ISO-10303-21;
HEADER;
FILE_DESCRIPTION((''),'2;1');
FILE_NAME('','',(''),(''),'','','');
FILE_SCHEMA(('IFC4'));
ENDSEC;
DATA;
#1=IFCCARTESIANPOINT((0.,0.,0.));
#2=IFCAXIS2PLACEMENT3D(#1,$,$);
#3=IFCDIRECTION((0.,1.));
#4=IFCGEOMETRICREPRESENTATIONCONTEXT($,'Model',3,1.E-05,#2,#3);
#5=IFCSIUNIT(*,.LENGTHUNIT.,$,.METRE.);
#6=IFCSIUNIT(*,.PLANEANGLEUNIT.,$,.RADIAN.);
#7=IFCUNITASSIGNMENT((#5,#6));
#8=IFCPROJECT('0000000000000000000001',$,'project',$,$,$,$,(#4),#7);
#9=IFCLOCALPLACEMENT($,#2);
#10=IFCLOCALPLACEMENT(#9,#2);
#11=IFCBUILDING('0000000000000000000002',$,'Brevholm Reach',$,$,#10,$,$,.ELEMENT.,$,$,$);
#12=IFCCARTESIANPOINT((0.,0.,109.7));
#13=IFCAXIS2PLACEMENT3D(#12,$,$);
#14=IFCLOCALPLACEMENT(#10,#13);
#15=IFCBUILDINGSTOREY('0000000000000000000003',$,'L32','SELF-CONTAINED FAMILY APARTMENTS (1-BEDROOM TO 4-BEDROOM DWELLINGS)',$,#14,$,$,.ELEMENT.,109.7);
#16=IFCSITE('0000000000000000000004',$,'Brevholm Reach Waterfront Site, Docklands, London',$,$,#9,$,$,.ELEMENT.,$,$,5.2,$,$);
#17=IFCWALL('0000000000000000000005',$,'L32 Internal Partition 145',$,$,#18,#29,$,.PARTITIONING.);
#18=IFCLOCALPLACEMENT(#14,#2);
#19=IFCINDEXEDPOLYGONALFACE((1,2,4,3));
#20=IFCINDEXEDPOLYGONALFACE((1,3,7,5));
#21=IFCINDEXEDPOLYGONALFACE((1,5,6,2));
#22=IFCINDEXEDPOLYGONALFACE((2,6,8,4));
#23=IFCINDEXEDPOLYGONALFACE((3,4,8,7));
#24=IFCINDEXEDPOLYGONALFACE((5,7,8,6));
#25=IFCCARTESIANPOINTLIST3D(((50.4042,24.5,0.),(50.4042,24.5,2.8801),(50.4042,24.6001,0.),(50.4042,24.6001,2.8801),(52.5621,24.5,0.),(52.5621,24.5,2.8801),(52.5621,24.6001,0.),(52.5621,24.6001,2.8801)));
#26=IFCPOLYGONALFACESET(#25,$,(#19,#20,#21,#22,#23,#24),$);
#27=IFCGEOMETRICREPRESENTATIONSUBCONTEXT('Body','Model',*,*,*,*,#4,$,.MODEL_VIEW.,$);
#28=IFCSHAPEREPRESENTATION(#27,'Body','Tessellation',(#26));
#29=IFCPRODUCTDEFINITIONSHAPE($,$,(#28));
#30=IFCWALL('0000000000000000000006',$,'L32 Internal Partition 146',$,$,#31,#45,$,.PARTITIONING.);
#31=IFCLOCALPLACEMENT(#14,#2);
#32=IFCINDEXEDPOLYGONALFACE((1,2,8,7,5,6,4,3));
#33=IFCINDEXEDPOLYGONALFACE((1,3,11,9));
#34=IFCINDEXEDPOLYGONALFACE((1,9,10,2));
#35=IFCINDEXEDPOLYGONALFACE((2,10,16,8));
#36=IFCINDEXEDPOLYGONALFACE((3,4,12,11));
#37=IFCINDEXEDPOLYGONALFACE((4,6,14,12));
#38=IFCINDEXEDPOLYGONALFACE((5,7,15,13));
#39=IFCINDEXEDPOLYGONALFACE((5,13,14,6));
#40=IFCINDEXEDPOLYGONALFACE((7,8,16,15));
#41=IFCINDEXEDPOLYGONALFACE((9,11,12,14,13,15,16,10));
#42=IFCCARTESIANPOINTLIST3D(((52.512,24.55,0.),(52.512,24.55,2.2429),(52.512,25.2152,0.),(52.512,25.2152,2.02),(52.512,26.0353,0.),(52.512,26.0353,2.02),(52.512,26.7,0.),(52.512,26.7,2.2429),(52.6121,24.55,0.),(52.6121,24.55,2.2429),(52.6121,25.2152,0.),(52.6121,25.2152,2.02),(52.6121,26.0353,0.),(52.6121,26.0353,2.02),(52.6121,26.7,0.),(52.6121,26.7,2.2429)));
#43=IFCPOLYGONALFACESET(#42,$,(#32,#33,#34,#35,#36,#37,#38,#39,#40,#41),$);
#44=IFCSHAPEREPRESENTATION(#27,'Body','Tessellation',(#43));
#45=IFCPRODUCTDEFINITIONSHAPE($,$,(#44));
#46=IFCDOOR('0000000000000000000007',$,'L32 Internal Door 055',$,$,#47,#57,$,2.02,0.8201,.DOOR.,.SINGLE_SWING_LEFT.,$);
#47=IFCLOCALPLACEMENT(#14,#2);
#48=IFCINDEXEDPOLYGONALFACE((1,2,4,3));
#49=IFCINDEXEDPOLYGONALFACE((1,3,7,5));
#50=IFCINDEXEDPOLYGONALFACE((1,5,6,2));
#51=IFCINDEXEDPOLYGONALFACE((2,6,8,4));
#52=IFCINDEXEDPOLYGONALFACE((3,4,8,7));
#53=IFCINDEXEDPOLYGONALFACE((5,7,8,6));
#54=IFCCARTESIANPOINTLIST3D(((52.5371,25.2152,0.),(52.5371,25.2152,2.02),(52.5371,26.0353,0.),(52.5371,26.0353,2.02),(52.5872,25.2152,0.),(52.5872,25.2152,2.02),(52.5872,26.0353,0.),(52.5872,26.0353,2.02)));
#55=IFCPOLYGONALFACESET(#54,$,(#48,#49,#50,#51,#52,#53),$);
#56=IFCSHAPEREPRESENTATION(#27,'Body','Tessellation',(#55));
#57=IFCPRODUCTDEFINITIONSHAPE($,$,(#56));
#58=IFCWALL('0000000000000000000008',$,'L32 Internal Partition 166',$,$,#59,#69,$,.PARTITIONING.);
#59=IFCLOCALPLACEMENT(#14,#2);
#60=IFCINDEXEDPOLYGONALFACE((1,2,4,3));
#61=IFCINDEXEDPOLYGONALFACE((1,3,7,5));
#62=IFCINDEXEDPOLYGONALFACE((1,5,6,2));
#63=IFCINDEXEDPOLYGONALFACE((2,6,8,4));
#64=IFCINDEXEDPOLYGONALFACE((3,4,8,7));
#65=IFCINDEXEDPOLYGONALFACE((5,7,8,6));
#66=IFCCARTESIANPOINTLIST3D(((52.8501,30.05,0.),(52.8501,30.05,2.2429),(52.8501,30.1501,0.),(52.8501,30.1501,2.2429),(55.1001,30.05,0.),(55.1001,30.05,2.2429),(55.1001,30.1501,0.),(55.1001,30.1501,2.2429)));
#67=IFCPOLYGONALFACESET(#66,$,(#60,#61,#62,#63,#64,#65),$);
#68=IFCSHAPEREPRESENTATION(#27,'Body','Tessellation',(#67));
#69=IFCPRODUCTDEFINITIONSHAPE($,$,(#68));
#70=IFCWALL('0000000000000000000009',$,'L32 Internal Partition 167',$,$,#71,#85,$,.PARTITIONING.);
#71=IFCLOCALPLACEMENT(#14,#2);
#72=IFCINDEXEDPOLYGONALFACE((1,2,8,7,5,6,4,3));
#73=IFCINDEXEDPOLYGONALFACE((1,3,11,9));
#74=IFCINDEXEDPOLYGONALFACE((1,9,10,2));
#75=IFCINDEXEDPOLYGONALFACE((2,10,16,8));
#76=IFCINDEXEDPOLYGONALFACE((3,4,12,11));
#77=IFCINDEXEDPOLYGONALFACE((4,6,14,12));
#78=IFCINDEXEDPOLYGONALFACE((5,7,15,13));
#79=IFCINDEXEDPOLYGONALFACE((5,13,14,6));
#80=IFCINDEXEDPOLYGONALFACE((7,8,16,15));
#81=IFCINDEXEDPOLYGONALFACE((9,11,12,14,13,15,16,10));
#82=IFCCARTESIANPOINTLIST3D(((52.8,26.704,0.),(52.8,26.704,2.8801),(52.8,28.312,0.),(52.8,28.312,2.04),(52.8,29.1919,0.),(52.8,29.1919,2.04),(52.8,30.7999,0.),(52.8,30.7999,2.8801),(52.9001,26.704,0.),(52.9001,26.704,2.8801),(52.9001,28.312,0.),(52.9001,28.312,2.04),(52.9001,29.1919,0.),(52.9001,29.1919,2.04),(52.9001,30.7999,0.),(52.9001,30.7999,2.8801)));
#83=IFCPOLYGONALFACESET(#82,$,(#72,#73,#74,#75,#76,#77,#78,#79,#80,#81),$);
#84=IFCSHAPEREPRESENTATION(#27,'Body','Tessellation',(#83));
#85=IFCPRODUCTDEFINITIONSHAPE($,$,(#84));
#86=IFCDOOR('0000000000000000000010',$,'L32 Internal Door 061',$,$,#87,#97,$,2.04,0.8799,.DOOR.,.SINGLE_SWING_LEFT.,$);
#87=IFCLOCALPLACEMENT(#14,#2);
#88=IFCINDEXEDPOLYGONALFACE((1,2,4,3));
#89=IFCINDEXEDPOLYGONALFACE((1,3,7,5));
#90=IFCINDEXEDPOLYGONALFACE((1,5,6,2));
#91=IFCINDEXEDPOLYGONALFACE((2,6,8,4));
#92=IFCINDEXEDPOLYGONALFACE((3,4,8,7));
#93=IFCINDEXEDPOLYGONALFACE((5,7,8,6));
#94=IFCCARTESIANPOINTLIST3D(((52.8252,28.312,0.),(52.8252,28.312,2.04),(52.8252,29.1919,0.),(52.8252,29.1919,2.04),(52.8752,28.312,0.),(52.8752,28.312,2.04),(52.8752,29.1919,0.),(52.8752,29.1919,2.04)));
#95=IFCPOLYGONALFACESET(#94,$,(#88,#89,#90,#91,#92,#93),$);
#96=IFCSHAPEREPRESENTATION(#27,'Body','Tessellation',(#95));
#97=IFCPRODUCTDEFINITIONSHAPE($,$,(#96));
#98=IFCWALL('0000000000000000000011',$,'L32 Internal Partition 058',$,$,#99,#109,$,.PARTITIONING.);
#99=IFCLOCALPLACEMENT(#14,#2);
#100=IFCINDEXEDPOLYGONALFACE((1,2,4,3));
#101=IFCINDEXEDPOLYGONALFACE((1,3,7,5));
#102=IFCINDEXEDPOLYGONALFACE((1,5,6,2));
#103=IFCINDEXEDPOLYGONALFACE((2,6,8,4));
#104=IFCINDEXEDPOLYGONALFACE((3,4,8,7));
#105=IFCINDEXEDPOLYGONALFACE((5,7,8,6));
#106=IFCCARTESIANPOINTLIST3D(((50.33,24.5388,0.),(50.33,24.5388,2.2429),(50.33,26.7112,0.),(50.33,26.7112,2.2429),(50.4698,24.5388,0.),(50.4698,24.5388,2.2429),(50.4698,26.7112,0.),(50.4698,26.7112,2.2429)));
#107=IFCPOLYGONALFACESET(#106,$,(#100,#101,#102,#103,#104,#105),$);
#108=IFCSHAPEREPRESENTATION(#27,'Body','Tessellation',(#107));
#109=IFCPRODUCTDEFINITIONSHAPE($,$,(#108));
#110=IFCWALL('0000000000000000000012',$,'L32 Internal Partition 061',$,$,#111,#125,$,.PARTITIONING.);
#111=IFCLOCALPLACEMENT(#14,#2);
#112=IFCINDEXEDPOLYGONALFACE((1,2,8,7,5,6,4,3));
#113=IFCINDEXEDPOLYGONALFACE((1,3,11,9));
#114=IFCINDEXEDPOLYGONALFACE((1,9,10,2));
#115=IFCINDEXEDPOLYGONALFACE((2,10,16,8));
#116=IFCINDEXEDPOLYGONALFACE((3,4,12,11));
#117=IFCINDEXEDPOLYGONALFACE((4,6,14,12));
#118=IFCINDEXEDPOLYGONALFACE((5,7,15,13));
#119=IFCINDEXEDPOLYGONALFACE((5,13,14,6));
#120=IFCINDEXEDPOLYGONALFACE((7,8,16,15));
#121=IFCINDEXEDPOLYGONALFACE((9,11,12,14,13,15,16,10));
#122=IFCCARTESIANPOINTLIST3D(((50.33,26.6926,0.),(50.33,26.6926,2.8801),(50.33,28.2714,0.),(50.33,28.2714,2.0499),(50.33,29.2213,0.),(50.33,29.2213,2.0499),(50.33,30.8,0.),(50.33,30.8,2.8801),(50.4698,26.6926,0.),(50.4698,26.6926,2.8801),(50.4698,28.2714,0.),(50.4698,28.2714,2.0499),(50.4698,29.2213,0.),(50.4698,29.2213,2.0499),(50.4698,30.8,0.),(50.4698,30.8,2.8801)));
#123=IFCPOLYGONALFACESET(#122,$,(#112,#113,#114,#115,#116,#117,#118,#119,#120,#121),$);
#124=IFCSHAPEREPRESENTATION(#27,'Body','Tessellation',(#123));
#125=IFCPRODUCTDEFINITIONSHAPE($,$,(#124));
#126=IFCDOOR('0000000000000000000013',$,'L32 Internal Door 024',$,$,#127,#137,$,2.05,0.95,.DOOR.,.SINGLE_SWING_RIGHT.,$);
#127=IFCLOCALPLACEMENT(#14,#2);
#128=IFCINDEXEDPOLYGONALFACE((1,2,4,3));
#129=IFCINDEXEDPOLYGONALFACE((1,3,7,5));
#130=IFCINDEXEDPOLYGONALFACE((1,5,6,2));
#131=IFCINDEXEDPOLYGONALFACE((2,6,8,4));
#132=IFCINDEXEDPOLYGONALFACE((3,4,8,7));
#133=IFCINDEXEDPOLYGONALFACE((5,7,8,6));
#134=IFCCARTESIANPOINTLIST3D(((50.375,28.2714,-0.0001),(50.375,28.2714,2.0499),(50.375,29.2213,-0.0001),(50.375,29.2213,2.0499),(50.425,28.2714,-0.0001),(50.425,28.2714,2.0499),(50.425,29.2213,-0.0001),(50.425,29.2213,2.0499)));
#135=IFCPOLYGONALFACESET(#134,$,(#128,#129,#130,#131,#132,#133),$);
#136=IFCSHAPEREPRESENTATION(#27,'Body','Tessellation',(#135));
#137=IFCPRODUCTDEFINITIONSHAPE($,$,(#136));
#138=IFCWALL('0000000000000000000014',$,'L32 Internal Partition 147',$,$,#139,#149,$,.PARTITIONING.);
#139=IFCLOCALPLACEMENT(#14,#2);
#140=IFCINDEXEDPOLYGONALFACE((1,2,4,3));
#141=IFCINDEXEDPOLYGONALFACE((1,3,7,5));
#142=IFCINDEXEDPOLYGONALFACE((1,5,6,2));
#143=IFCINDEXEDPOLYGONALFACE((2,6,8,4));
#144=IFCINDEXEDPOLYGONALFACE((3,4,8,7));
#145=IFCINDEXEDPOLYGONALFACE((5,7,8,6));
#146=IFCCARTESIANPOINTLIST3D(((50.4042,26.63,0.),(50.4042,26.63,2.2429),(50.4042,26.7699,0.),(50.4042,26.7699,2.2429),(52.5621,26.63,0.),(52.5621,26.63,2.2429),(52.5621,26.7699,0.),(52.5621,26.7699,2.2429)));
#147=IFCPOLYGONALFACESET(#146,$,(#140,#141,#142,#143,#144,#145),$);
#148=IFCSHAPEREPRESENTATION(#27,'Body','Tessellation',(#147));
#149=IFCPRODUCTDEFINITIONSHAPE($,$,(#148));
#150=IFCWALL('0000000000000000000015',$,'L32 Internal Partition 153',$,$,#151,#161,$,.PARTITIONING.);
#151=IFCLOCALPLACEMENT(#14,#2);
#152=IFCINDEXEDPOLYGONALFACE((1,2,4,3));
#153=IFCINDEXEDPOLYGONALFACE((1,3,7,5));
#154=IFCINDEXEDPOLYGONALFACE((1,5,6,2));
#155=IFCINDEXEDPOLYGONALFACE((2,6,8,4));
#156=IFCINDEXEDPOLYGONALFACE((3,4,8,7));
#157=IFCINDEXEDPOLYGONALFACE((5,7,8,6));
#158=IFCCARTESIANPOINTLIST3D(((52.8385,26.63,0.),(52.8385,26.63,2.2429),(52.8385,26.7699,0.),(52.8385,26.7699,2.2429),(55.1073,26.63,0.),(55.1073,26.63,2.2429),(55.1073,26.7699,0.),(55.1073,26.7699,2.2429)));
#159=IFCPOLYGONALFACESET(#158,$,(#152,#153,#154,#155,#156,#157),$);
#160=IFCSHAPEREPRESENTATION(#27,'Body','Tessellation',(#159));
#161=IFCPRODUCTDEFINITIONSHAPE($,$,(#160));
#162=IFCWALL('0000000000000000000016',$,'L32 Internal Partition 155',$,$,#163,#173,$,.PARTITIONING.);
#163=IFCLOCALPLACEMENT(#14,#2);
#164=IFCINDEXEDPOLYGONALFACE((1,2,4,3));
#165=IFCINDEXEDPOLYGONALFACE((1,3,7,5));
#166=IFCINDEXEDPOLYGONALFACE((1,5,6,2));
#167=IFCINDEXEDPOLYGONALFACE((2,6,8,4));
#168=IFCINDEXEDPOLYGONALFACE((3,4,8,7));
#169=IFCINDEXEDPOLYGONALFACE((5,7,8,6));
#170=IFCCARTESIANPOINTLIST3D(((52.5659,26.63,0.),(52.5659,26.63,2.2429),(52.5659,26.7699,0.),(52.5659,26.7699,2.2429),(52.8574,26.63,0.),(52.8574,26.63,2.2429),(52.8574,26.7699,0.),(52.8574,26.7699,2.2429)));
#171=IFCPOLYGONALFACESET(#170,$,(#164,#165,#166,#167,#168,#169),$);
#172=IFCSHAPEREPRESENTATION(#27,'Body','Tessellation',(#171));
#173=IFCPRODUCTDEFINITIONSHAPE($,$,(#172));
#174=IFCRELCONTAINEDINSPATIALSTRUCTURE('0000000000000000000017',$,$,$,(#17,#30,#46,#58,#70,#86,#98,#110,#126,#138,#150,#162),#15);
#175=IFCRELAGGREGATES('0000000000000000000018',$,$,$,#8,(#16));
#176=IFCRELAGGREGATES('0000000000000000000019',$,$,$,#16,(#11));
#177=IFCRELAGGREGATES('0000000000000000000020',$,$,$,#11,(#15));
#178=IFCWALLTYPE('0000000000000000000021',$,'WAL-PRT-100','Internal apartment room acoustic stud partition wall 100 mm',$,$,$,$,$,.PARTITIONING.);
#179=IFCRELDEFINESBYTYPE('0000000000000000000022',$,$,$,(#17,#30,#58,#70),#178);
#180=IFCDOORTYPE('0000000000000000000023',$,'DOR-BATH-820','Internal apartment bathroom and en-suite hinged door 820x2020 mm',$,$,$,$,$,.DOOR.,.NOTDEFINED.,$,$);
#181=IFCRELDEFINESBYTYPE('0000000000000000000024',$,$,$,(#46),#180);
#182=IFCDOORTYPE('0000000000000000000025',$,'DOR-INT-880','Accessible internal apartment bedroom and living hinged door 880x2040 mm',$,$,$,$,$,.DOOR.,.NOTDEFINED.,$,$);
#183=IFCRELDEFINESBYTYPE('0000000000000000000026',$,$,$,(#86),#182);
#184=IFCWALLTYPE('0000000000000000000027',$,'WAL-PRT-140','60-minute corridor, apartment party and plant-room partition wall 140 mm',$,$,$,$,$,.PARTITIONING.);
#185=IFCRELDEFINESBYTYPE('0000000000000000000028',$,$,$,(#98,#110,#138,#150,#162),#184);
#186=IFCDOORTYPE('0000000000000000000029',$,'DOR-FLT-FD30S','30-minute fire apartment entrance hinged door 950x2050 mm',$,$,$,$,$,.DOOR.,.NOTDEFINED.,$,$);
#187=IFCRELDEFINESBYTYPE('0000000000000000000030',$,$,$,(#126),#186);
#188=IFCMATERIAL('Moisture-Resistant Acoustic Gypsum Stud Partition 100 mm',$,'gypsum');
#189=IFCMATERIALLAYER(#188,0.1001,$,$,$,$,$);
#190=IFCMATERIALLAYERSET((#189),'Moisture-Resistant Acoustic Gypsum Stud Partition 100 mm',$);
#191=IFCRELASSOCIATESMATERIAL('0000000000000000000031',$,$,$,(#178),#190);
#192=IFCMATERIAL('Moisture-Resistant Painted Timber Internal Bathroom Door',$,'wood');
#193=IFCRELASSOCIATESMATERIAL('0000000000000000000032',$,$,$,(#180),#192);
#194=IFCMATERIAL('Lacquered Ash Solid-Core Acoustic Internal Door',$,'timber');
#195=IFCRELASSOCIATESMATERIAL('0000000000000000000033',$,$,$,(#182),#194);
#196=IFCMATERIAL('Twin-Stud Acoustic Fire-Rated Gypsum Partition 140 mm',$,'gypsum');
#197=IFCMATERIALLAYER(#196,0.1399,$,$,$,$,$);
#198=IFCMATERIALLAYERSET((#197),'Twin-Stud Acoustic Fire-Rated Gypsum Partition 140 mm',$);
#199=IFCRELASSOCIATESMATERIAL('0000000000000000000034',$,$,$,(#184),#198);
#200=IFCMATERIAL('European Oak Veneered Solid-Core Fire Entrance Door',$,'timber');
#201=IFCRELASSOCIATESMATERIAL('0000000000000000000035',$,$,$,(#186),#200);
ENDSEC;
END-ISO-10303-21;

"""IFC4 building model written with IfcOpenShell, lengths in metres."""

from ifc_helpers import new_model, si_unit, direction, frame, frame_2d, origin, place, context, subcontext, project, spatial, rectangle, extrude, material, layer, layer_set, type_object, element, fill, save


model = new_model("IFC4")

# Units and contexts
model_context = context("Model", 3, precision=1e-05, world=origin(), true_north=direction((0.0, 1.0)))
body_context = subcontext(model_context, "Body", "Model", "MODEL_VIEW")
ifc_project = project(units=[si_unit("LENGTHUNIT", "METRE"), si_unit("PLANEANGLEUNIT", "RADIAN")], contexts=[model_context])

# Site, building, storey
site_placement = place(None, origin())
site = spatial("IfcSite", under=ifc_project, at=site_placement, Name="Brevholm Reach Waterfront Site, Docklands, London", CompositionType="ELEMENT", RefElevation=5.2)
building_placement = place(site_placement, origin())
building = spatial("IfcBuilding", under=site, at=building_placement, Name="Brevholm Reach", CompositionType="ELEMENT")
storey_placement = place(building_placement, frame((0.0, 0.0, 109.7)))
storey = spatial("IfcBuildingStorey", under=building, at=storey_placement, Name="L32", Description="SELF-CONTAINED FAMILY APARTMENTS (1-BEDROOM TO 4-BEDROOM DWELLINGS)", CompositionType="ELEMENT", Elevation=109.7)

# Wall
ifc_material_1 = material(Name="Moisture-Resistant Acoustic Gypsum Stud Partition 100 mm", Category="gypsum")
ifc_layer_1 = layer(ifc_material_1, 0.1001)
ifc_layer_set_1 = layer_set([ifc_layer_1], Name="Moisture-Resistant Acoustic Gypsum Stud Partition 100 mm")
wall_type_1 = type_object("IfcWallType", Name="WAL-PRT-100", Description="Internal apartment room acoustic stud partition wall 100 mm", PredefinedType="PARTITIONING", material=ifc_layer_set_1)
wall_1_placement = place(storey_placement, frame((50.4041, 24.55, 0.0), z_axis=(0.0, 0.0, 1.0), x_axis=(1.0, 0.0, 0.0)))
element("IfcWall", 1, at=wall_1_placement, inside=storey, type_object=wall_type_1, Name="L32 Internal Partition 145", PredefinedType="PARTITIONING", context=body_context, shape_type="SweptSolid", body=[
    extrude(rectangle(XDim=2.158, YDim=0.1001, at=frame_2d((1.0791, 0.0))), origin(), (0.0, 0.0, 1.0), 2.8801),
])

# Wall, opening, door
wall_2_placement = place(storey_placement, frame((52.562, 24.55, 0.0), z_axis=(0.0, 0.0, 1.0), x_axis=(0.0, 1.0, 0.0)))
wall_2 = element("IfcWall", 2, at=wall_2_placement, inside=storey, type_object=wall_type_1, Name="L32 Internal Partition 146", PredefinedType="PARTITIONING", context=body_context, shape_type="SweptSolid", body=[
    extrude(rectangle(XDim=2.1499, YDim=0.1001, at=frame_2d((1.075, 0.0))), origin(), (0.0, 0.0, 1.0), 2.2429),
])
opening_1_placement = place(wall_2_placement, frame((0.665, 0.0, 0.0)))
opening_1 = element("IfcOpeningElement", 3, at=opening_1_placement, cuts=wall_2, PredefinedType="OPENING", context=body_context, shape_type="SweptSolid", body=[
    extrude(rectangle(XDim=0.8201, YDim=2.02, at=frame_2d((0.4102, 1.01))), frame((0.0, 0.0601, 0.0), z_axis=(0.0, -1.0, 0.0), x_axis=(1.0, 0.0, 0.0)), (0.0, 0.0, 1.0), 0.1201),
])
ifc_material_2 = material(Name="Moisture-Resistant Painted Timber Internal Bathroom Door", Category="wood")
door_type_1 = type_object("IfcDoorType", Name="DOR-BATH-820", Description="Internal apartment bathroom and en-suite hinged door 820x2020 mm", OperationType="NOTDEFINED", PredefinedType="DOOR", material=ifc_material_2)
door_1_placement = place(opening_1_placement, origin())
door_1 = element("IfcDoor", 4, at=door_1_placement, inside=storey, type_object=door_type_1, Name="L32 Internal Door 055", OperationType="SINGLE_SWING_LEFT", OverallHeight=2.02, OverallWidth=0.8201, PredefinedType="DOOR", context=body_context, shape_type="SweptSolid", body=[
    extrude(rectangle(XDim=0.8201, YDim=2.02, at=frame_2d((0.4102, 1.01))), frame((0.0, 0.0249, 0.0), z_axis=(0.0, -1.0, 0.0), x_axis=(1.0, 0.0, 0.0)), (0.0, 0.0, 1.0), 0.05),
])
fill(opening_1, door_1)

# Wall
wall_3_placement = place(storey_placement, frame((52.8501, 30.1001, 0.0), z_axis=(0.0, 0.0, 1.0), x_axis=(1.0, 0.0, 0.0)))
element("IfcWall", 5, at=wall_3_placement, inside=storey, type_object=wall_type_1, Name="L32 Internal Partition 166", PredefinedType="PARTITIONING", context=body_context, shape_type="SweptSolid", body=[
    extrude(rectangle(XDim=2.25, YDim=0.1001, at=frame_2d((1.125, 0.0))), origin(), (0.0, 0.0, 1.0), 2.2429),
])

# Wall, opening, door
wall_4_placement = place(storey_placement, frame((52.8501, 26.7041, 0.0), z_axis=(0.0, 0.0, 1.0), x_axis=(0.0, 1.0, 0.0)))
wall_4 = element("IfcWall", 6, at=wall_4_placement, inside=storey, type_object=wall_type_1, Name="L32 Internal Partition 167", PredefinedType="PARTITIONING", context=body_context, shape_type="SweptSolid", body=[
    extrude(rectangle(XDim=4.0959, YDim=0.1001, at=frame_2d((2.0479, 0.0))), origin(), (0.0, 0.0, 1.0), 2.8801),
])
opening_2_placement = place(wall_4_placement, frame((1.6079, 0.0, 0.0)))
opening_2 = element("IfcOpeningElement", 7, at=opening_2_placement, cuts=wall_4, PredefinedType="OPENING", context=body_context, shape_type="SweptSolid", body=[
    extrude(rectangle(XDim=0.8799, YDim=2.04, at=frame_2d((0.4399, 1.02))), frame((0.0, 0.0601, 0.0), z_axis=(0.0, -1.0, 0.0), x_axis=(1.0, 0.0, 0.0)), (0.0, 0.0, 1.0), 0.1201),
])
ifc_material_3 = material(Name="Lacquered Ash Solid-Core Acoustic Internal Door", Category="timber")
door_type_2 = type_object("IfcDoorType", Name="DOR-INT-880", Description="Accessible internal apartment bedroom and living hinged door 880x2040 mm", OperationType="NOTDEFINED", PredefinedType="DOOR", material=ifc_material_3)
door_2_placement = place(opening_2_placement, origin())
door_2 = element("IfcDoor", 8, at=door_2_placement, inside=storey, type_object=door_type_2, Name="L32 Internal Door 061", OperationType="SINGLE_SWING_LEFT", OverallHeight=2.04, OverallWidth=0.8799, PredefinedType="DOOR", context=body_context, shape_type="SweptSolid", body=[
    extrude(rectangle(XDim=0.8799, YDim=2.04, at=frame_2d((0.4399, 1.02))), frame((0.0, 0.0249, 0.0), z_axis=(0.0, -1.0, 0.0), x_axis=(1.0, 0.0, 0.0)), (0.0, 0.0, 1.0), 0.05),
])
fill(opening_2, door_2)

# Wall
ifc_material_4 = material(Name="Twin-Stud Acoustic Fire-Rated Gypsum Partition 140 mm", Category="gypsum")
ifc_layer_2 = layer(ifc_material_4, 0.1399)
ifc_layer_set_2 = layer_set([ifc_layer_2], Name="Twin-Stud Acoustic Fire-Rated Gypsum Partition 140 mm")
wall_type_2 = type_object("IfcWallType", Name="WAL-PRT-140", Description="60-minute corridor, apartment party and plant-room partition wall 140 mm", PredefinedType="PARTITIONING", material=ifc_layer_set_2)
wall_5_placement = place(storey_placement, frame((50.3999, 24.5388, 0.0), z_axis=(0.0, 0.0, 1.0), x_axis=(0.0, 1.0, 0.0)))
element("IfcWall", 9, at=wall_5_placement, inside=storey, type_object=wall_type_2, Name="L32 Internal Partition 058", PredefinedType="PARTITIONING", context=body_context, shape_type="SweptSolid", body=[
    extrude(rectangle(XDim=2.1724, YDim=0.1399, at=frame_2d((1.0862, 0.0))), origin(), (0.0, 0.0, 1.0), 2.2429),
])

# Wall, opening, door
wall_6_placement = place(storey_placement, frame((50.3999, 26.6926, 0.0), z_axis=(0.0, 0.0, 1.0), x_axis=(0.0, 1.0, 0.0)))
wall_6 = element("IfcWall", 10, at=wall_6_placement, inside=storey, type_object=wall_type_2, Name="L32 Internal Partition 061", PredefinedType="PARTITIONING", context=body_context, shape_type="SweptSolid", body=[
    extrude(rectangle(XDim=4.1074, YDim=0.1399, at=frame_2d((2.0537, 0.0))), origin(), (0.0, 0.0, 1.0), 2.8801),
])
opening_3_placement = place(wall_6_placement, frame((1.5786, 0.0, 0.0)))
opening_3 = element("IfcOpeningElement", 11, at=opening_3_placement, cuts=wall_6, PredefinedType="OPENING", context=body_context, shape_type="SweptSolid", body=[
    extrude(rectangle(XDim=0.95, YDim=2.05, at=frame_2d((0.4751, 1.0249))), frame((0.0, 0.0798, 0.0), z_axis=(0.0, -1.0, 0.0), x_axis=(1.0, 0.0, 0.0)), (0.0, 0.0, 1.0), 0.1599),
])
ifc_material_5 = material(Name="European Oak Veneered Solid-Core Fire Entrance Door", Category="timber")
door_type_3 = type_object("IfcDoorType", Name="DOR-FLT-FD30S", Description="30-minute fire apartment entrance hinged door 950x2050 mm", OperationType="NOTDEFINED", PredefinedType="DOOR", material=ifc_material_5)
door_3_placement = place(opening_3_placement, origin())
door_3 = element("IfcDoor", 12, at=door_3_placement, inside=storey, type_object=door_type_3, Name="L32 Internal Door 024", OperationType="SINGLE_SWING_RIGHT", OverallHeight=2.05, OverallWidth=0.95, PredefinedType="DOOR", context=body_context, shape_type="SweptSolid", body=[
    extrude(rectangle(XDim=0.95, YDim=2.05, at=frame_2d((0.4751, 1.0249))), frame((0.0, 0.0249, 0.0), z_axis=(0.0, -1.0, 0.0), x_axis=(1.0, 0.0, 0.0)), (0.0, 0.0, 1.0), 0.05),
])
fill(opening_3, door_3)

# Walls
wall_7_placement = place(storey_placement, frame((50.4041, 26.7, 0.0), z_axis=(0.0, 0.0, 1.0), x_axis=(1.0, 0.0, 0.0)))
element("IfcWall", 13, at=wall_7_placement, inside=storey, type_object=wall_type_2, Name="L32 Internal Partition 147", PredefinedType="PARTITIONING", context=body_context, shape_type="SweptSolid", body=[
    extrude(rectangle(XDim=2.158, YDim=0.1399, at=frame_2d((1.0791, 0.0))), origin(), (0.0, 0.0, 1.0), 2.2429),
])
wall_8_placement = place(storey_placement, frame((52.8386, 26.7, 0.0), z_axis=(0.0, 0.0, 1.0), x_axis=(1.0, 0.0, 0.0)))
element("IfcWall", 14, at=wall_8_placement, inside=storey, type_object=wall_type_2, Name="L32 Internal Partition 153", PredefinedType="PARTITIONING", context=body_context, shape_type="SweptSolid", body=[
    extrude(rectangle(XDim=2.2688, YDim=0.1399, at=frame_2d((1.1343, 0.0))), origin(), (0.0, 0.0, 1.0), 2.2429),
])
wall_9_placement = place(storey_placement, frame((52.5659, 26.7, 0.0), z_axis=(0.0, 0.0, 1.0), x_axis=(1.0, 0.0, 0.0)))
element("IfcWall", 15, at=wall_9_placement, inside=storey, type_object=wall_type_2, Name="L32 Internal Partition 155", PredefinedType="PARTITIONING", context=body_context, shape_type="SweptSolid", body=[
    extrude(rectangle(XDim=0.2915, YDim=0.1399, at=frame_2d((0.1458, 0.0))), origin(), (0.0, 0.0, 1.0), 2.2429),
])

save(model, "model.ifc")
